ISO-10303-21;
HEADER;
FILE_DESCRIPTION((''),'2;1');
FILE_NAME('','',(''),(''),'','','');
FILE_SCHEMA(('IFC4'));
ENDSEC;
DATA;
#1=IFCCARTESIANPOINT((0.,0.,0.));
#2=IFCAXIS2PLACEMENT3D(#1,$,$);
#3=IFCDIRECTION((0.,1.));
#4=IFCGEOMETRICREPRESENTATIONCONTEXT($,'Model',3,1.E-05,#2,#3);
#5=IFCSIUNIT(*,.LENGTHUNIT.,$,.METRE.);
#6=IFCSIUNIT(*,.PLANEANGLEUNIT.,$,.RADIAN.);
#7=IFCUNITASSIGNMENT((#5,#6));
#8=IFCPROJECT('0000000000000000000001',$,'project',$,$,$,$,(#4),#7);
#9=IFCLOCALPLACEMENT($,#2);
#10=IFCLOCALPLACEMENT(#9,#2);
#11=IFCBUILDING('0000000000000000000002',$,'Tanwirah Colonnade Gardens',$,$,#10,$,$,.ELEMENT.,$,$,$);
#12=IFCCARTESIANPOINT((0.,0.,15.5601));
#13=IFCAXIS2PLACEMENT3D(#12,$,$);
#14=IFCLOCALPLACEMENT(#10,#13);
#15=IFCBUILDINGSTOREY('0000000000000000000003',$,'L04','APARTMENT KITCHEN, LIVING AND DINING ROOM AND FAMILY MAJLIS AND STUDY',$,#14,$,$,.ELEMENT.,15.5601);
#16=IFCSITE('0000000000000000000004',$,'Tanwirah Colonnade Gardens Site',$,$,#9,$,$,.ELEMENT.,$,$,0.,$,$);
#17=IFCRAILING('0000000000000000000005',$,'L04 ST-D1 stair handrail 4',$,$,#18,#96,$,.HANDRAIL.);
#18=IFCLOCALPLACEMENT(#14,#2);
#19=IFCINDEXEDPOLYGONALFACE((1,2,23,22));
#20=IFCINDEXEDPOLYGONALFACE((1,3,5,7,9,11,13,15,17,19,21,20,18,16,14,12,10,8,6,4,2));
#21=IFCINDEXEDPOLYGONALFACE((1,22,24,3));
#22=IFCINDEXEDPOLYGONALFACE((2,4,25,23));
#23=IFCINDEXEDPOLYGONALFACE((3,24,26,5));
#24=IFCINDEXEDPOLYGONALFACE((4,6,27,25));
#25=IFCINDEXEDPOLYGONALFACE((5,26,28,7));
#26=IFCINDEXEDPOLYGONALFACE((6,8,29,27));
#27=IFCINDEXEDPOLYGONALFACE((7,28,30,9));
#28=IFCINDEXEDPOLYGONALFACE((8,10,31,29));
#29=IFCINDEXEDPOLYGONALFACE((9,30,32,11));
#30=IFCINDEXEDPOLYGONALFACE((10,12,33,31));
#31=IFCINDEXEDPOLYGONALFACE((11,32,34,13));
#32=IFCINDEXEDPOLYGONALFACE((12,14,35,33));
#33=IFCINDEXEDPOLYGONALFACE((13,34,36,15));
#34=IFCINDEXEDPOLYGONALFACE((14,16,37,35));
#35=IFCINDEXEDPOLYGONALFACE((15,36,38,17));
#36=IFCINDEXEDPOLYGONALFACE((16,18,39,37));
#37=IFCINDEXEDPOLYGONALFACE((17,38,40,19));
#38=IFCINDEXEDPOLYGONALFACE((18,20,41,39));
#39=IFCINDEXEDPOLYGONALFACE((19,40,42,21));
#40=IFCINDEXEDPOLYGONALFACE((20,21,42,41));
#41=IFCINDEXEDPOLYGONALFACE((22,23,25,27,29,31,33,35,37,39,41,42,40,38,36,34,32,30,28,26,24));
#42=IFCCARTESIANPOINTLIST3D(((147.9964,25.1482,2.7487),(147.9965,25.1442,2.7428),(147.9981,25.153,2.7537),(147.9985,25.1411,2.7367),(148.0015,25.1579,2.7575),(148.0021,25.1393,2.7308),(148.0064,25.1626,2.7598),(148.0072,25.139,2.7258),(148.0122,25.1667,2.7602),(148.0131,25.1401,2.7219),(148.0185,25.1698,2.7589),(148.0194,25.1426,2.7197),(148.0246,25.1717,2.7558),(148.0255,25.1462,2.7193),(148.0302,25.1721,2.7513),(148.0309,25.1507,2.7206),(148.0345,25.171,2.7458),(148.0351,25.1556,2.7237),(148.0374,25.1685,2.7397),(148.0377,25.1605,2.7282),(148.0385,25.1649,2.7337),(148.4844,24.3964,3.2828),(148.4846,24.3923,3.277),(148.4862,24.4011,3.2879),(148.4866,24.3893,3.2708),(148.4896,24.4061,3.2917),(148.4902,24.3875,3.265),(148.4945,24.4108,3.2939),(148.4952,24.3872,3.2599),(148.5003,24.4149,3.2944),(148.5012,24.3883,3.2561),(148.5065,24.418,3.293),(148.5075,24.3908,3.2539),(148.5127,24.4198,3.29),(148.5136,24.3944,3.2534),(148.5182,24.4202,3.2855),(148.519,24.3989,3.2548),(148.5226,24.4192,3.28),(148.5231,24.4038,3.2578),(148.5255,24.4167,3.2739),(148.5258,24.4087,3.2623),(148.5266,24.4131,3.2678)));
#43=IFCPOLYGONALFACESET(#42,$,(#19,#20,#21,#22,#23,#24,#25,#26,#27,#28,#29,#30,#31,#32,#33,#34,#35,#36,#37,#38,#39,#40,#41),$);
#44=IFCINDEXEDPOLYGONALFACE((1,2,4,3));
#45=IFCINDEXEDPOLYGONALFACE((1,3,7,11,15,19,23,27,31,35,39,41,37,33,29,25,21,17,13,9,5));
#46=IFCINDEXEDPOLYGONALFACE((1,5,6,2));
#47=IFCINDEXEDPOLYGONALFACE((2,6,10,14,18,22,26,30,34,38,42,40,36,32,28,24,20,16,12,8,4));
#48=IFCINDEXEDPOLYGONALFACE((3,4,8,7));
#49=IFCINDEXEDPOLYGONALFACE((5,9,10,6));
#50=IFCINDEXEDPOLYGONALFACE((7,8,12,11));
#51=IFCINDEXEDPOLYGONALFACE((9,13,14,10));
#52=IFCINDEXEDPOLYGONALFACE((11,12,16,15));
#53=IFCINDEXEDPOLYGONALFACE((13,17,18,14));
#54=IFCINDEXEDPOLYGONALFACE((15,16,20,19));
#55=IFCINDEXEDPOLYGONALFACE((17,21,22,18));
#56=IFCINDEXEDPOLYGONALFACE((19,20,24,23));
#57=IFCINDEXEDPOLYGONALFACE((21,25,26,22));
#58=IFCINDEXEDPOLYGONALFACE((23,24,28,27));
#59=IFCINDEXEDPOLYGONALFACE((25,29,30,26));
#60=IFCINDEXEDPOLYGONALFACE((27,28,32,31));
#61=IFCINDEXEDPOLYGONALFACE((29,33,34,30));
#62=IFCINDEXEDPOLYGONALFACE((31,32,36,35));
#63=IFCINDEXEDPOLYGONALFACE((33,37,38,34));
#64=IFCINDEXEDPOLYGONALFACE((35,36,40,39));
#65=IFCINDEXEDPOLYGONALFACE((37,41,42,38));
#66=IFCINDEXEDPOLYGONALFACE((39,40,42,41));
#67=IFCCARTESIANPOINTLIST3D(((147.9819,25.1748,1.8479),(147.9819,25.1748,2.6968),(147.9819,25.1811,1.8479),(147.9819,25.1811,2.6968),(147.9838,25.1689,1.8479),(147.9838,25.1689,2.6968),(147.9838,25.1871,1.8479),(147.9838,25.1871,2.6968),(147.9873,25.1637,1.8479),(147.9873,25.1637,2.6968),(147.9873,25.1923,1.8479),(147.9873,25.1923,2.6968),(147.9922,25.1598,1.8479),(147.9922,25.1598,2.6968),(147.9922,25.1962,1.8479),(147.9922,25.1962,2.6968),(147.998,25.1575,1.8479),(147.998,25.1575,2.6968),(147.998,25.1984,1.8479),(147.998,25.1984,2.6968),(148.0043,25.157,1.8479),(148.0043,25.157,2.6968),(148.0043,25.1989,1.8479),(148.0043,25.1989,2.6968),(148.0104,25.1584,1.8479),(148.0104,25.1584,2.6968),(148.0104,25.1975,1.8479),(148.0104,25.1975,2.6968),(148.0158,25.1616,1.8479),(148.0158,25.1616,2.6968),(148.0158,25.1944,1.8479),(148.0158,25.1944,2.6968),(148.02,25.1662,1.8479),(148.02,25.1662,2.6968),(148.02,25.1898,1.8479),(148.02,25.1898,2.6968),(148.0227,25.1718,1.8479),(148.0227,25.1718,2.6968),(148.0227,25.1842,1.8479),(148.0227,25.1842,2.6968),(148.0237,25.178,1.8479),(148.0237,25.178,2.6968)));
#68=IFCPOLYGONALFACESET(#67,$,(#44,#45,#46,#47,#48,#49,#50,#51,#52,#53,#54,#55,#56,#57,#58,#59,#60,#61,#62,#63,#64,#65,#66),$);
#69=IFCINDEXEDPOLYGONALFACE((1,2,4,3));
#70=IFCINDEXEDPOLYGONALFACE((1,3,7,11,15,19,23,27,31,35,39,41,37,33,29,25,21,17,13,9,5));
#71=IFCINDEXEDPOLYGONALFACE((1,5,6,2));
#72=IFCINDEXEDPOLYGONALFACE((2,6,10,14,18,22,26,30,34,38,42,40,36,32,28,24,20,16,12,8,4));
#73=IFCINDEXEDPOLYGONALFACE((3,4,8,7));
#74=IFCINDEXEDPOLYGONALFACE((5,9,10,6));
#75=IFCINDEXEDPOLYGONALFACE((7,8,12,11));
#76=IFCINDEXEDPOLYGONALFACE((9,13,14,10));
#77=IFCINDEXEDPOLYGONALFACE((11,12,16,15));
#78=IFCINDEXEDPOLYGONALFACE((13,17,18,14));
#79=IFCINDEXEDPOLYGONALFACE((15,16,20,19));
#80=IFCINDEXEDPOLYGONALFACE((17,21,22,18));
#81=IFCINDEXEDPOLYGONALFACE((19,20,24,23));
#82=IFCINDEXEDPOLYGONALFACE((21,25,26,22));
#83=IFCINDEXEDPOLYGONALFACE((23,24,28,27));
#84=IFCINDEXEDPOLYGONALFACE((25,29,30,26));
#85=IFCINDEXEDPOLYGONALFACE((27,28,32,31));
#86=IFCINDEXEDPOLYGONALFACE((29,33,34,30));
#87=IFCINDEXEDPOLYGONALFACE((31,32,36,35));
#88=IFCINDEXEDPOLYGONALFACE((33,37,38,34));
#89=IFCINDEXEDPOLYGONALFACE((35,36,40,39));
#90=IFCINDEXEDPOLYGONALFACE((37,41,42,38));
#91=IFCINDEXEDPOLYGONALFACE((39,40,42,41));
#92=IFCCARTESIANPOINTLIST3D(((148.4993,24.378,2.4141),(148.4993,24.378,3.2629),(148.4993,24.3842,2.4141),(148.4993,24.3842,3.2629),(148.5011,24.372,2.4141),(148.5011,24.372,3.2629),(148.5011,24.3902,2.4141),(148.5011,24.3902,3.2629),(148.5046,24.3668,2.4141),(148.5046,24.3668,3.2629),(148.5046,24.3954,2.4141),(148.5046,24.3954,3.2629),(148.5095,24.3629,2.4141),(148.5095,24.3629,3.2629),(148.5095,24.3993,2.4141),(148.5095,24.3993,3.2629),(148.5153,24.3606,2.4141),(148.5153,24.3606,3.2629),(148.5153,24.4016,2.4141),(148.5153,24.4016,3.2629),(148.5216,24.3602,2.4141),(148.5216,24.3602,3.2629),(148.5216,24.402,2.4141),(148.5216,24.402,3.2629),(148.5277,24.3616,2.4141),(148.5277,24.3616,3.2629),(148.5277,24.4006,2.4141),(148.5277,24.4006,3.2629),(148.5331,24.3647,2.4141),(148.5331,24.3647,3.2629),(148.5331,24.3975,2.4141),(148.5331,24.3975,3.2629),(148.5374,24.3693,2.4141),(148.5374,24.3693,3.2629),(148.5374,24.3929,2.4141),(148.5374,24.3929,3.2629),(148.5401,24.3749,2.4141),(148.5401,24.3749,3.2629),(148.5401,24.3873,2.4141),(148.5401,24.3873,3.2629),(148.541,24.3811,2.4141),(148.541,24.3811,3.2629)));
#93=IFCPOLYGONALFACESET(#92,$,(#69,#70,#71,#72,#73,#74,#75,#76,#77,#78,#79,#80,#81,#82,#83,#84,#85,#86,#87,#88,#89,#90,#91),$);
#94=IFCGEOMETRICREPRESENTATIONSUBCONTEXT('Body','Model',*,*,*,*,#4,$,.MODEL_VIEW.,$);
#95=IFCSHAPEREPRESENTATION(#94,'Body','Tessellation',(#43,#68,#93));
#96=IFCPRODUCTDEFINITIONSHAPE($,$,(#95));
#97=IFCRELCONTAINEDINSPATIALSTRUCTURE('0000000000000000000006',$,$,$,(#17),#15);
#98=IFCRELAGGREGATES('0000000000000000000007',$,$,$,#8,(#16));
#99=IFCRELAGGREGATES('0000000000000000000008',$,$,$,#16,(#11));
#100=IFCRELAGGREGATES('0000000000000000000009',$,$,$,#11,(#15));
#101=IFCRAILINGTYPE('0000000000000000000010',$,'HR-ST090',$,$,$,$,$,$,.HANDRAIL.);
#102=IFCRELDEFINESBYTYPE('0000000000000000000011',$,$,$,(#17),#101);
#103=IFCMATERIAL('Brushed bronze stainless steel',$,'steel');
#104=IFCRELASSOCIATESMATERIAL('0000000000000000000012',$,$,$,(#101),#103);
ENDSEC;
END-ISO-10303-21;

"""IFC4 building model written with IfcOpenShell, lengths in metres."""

from ifc_helpers import new_model, si_unit, direction, frame, origin, origin_2d, place, context, subcontext, project, spatial, circle, extrude, material, type_object, element, save


model = new_model("IFC4")

# Units and contexts
model_context = context("Model", 3, precision=1e-05, world=origin(), true_north=direction((0.0, 1.0)))
body_context = subcontext(model_context, "Body", "Model", "MODEL_VIEW")
ifc_project = project(units=[si_unit("LENGTHUNIT", "METRE"), si_unit("PLANEANGLEUNIT", "RADIAN")], contexts=[model_context])

# Site, building, storey
site_placement = place(None, origin())
site = spatial("IfcSite", under=ifc_project, at=site_placement, Name="Tanwirah Colonnade Gardens Site", CompositionType="ELEMENT", RefElevation=0.0)
building_placement = place(site_placement, origin())
building = spatial("IfcBuilding", under=site, at=building_placement, Name="Tanwirah Colonnade Gardens", CompositionType="ELEMENT")
storey_placement = place(building_placement, frame((0.0, 0.0, 15.5601)))
storey = spatial("IfcBuildingStorey", under=building, at=storey_placement, Name="L04", Description="APARTMENT KITCHEN, LIVING AND DINING ROOM AND FAMILY MAJLIS AND STUDY", CompositionType="ELEMENT", Elevation=15.5601)

# Railing
ifc_material_1 = material(Name="Brushed bronze stainless steel", Category="steel")
railing_type_1 = type_object("IfcRailingType", Name="HR-ST090", PredefinedType="HANDRAIL", material=ifc_material_1)
railing_1_placement = place(storey_placement, frame((148.0027, 25.178, 1.8479)))
element("IfcRailing", 1, at=railing_1_placement, inside=storey, type_object=railing_type_1, Name="L04 ST-D1 stair handrail 4", PredefinedType="HANDRAIL", context=body_context, shape_type="SweptSolid", body=[
    extrude(circle(Radius=0.0239, at=origin_2d()), frame((0.0146, -0.0225, 0.8918), z_axis=(0.467762, -0.720517, 0.511912), x_axis=(0.838749, 0.544519, 0.0)), (0.0, 0.0, 1.0), 1.0435),
    extrude(circle(Radius=0.021, at=origin_2d()), origin(), (0.0, 0.0, 1.0), 0.8489),
    extrude(circle(Radius=0.021, at=origin_2d()), frame((0.5173, -0.7969, 0.5662)), (0.0, 0.0, 1.0), 0.8489),
])

save(model, "model.ifc")
